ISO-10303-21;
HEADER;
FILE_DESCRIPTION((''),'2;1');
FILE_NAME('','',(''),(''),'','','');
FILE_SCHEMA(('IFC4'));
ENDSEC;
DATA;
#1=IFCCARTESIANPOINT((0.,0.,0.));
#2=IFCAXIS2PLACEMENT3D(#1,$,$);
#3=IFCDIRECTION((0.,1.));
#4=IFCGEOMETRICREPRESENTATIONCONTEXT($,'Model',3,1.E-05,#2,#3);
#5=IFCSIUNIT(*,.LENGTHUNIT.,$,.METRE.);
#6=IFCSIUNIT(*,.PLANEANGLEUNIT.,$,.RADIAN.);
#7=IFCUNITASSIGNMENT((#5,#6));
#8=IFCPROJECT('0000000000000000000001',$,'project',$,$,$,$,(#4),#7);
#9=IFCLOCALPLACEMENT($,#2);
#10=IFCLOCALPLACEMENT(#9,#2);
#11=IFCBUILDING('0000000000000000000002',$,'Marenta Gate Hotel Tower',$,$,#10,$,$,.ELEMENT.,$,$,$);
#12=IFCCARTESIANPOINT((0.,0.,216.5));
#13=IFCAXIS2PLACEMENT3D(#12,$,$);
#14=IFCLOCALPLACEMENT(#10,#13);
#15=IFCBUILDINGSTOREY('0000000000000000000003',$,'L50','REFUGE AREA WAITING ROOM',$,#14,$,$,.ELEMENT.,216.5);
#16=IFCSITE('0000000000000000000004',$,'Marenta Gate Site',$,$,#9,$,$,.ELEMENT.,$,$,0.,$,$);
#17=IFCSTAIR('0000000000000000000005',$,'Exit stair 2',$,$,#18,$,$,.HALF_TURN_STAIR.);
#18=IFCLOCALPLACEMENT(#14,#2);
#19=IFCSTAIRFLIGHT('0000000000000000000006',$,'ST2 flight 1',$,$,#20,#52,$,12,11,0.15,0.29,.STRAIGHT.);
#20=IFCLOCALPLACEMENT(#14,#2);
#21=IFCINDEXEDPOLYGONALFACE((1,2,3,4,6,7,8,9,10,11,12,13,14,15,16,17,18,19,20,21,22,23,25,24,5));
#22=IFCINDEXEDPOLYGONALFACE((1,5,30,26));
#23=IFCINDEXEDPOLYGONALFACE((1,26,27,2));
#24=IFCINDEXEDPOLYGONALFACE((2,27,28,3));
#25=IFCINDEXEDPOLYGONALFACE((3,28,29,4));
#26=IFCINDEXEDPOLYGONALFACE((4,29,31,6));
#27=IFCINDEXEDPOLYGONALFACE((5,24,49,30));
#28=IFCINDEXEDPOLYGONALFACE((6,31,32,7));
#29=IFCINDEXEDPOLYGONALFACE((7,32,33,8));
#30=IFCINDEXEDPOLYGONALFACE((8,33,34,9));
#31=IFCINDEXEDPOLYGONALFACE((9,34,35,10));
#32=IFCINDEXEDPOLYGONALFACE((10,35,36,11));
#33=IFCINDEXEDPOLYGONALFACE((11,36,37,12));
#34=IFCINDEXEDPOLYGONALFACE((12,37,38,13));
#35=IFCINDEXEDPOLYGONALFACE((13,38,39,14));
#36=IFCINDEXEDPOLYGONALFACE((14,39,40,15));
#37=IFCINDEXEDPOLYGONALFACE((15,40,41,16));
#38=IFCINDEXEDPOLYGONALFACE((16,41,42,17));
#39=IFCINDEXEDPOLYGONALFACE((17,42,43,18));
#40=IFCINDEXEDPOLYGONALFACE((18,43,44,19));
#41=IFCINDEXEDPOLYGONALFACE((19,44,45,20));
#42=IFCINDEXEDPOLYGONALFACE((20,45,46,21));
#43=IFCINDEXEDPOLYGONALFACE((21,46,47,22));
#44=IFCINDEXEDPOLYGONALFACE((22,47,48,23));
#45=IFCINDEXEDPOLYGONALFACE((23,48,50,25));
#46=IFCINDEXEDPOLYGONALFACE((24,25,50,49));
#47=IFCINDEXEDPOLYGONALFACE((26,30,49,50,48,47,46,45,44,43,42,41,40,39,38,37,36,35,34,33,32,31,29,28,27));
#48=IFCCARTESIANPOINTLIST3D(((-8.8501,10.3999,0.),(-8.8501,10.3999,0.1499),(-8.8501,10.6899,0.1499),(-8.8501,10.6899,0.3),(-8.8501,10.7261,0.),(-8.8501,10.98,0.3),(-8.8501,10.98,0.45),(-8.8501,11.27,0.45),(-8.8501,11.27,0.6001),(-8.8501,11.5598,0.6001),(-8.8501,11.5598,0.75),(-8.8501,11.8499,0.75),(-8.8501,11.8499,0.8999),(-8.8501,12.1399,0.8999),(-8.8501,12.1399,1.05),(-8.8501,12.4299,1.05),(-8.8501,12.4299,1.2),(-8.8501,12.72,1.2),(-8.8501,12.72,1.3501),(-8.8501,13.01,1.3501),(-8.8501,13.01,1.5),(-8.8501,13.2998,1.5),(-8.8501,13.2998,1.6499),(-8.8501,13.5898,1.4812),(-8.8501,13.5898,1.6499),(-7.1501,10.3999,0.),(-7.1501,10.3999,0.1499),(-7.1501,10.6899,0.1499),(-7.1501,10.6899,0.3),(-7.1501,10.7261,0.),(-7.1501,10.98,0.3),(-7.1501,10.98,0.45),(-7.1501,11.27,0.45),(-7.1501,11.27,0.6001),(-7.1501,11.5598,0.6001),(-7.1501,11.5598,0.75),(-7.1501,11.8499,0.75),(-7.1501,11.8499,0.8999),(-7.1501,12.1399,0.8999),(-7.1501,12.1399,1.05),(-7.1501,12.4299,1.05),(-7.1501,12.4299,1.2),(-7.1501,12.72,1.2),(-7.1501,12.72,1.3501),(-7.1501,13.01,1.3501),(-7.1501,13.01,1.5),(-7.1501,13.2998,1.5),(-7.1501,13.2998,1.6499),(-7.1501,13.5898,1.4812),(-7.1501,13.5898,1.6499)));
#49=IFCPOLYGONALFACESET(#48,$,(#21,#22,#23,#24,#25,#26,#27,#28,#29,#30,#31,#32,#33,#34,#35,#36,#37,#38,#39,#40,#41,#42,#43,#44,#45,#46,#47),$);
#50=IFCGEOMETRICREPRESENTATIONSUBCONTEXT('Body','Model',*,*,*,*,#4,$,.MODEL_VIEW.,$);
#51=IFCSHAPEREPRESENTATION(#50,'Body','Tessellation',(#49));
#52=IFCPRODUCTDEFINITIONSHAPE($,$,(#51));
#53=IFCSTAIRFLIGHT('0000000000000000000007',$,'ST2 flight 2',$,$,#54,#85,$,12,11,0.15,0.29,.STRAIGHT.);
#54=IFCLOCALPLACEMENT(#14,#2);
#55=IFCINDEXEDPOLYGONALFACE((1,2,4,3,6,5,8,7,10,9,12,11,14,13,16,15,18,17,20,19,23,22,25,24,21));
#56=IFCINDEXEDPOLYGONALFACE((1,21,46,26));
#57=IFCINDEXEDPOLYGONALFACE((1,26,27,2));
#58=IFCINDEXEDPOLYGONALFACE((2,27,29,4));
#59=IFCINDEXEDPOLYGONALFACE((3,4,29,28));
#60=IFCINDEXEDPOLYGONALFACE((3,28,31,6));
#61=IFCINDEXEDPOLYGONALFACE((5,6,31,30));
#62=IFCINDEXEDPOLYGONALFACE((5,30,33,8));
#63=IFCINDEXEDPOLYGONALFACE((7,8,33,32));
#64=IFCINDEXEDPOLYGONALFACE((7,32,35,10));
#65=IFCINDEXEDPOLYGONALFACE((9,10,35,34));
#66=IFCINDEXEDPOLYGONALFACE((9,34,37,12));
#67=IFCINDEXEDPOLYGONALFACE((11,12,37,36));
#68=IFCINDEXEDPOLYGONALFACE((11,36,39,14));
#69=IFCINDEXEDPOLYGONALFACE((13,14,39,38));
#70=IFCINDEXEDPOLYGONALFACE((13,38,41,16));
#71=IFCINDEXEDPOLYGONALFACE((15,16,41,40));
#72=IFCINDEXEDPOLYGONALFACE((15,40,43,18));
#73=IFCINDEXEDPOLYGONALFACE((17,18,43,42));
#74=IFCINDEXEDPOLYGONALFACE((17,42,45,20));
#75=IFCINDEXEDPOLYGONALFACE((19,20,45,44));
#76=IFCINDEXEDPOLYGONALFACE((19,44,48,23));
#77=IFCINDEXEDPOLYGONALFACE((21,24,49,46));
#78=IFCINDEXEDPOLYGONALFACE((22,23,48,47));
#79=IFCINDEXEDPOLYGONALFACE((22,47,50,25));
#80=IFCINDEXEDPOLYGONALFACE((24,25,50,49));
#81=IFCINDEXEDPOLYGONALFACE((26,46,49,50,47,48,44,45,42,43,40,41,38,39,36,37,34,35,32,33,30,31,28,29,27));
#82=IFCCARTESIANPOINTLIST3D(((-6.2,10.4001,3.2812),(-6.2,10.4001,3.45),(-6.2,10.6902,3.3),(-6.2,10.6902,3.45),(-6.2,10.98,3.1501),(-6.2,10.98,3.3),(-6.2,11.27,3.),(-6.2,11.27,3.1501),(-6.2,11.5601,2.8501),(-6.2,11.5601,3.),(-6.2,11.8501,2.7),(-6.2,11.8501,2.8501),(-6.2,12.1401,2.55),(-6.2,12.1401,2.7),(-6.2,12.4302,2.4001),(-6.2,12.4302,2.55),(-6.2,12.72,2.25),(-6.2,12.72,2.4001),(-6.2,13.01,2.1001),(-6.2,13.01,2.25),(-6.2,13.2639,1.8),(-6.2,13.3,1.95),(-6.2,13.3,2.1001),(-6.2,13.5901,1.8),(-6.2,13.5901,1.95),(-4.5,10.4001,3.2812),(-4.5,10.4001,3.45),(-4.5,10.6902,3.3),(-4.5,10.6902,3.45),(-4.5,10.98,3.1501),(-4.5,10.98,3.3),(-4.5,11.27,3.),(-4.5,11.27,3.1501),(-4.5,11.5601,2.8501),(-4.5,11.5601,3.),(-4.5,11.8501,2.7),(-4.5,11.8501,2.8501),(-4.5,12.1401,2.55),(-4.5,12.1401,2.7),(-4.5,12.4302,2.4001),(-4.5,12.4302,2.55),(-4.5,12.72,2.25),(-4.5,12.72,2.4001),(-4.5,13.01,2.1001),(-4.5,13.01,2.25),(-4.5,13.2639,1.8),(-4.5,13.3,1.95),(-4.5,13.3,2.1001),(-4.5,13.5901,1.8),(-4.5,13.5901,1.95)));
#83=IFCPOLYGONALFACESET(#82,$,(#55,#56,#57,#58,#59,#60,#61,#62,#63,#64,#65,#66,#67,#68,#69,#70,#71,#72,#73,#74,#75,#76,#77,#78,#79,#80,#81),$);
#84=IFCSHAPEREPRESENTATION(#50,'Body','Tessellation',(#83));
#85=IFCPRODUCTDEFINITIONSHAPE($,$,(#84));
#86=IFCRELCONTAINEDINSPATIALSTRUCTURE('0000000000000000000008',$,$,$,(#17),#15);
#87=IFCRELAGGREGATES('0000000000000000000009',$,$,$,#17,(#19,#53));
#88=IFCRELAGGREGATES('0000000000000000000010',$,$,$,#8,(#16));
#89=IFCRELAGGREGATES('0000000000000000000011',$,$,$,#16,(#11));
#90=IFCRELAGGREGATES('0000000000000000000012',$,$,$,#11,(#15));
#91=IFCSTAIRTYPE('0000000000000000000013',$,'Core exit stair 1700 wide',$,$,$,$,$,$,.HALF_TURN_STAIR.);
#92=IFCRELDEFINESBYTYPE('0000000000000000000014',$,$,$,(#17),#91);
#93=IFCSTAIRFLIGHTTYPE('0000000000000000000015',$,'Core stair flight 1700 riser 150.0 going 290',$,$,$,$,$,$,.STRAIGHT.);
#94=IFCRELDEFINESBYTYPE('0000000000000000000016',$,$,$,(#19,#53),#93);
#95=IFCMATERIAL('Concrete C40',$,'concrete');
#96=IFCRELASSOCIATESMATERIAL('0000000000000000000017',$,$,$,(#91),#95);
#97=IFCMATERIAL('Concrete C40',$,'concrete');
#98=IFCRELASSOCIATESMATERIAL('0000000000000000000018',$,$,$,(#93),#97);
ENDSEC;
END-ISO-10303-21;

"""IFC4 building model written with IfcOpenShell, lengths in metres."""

from ifc_helpers import new_model, si_unit, direction, frame, origin, place, context, subcontext, project, spatial, polyline, outline, extrude, material, type_object, element, aggregate, save


model = new_model("IFC4")

# Units and contexts
model_context = context("Model", 3, precision=1e-05, world=origin(), true_north=direction((0.0, 1.0)))
body_context = subcontext(model_context, "Body", "Model", "MODEL_VIEW")
ifc_project = project(units=[si_unit("LENGTHUNIT", "METRE"), si_unit("PLANEANGLEUNIT", "RADIAN")], contexts=[model_context])

# Site, building, storey
site_placement = place(None, origin())
site = spatial("IfcSite", under=ifc_project, at=site_placement, Name="Marenta Gate Site", CompositionType="ELEMENT", RefElevation=0.0)
building_placement = place(site_placement, origin())
building = spatial("IfcBuilding", under=site, at=building_placement, Name="Marenta Gate Hotel Tower", CompositionType="ELEMENT")
storey_placement = place(building_placement, frame((0.0, 0.0, 216.5)))
storey = spatial("IfcBuildingStorey", under=building, at=storey_placement, Name="L50", Description="REFUGE AREA WAITING ROOM", CompositionType="ELEMENT", Elevation=216.5)

# Stair, stair flights
ifc_material_1 = material(Name="Concrete C40", Category="concrete")
stair_type = type_object("IfcStairType", Name="Core exit stair 1700 wide", PredefinedType="HALF_TURN_STAIR", material=ifc_material_1)
stair_placement = place(storey_placement, origin())
stair = element("IfcStair", 1, at=stair_placement, inside=storey, type_object=stair_type, Name="Exit stair 2", PredefinedType="HALF_TURN_STAIR")
ifc_material_2 = material(Name="Concrete C40", Category="concrete")
stair_flight_type = type_object("IfcStairFlightType", Name="Core stair flight 1700 riser 150.0 going 290", PredefinedType="STRAIGHT", material=ifc_material_2)
stair_flight_1_placement = place(storey_placement, frame((-8.0, 10.3999, 0.0), z_axis=(0.0, 0.0, 1.0), x_axis=(0.0, 1.0, 0.0)))
stair_flight_1 = element("IfcStairFlight", 2, at=stair_flight_1_placement, type_object=stair_flight_type, Name="ST2 flight 1", NumberOfRisers=12, NumberOfTreads=11, PredefinedType="STRAIGHT", RiserHeight=0.15, TreadLength=0.29, context=body_context, shape_type="SweptSolid", body=[
    extrude(outline(polyline([(0.0, 0.0), (0.0, 0.1499), (0.29, 0.1499), (0.29, 0.3), (0.5801, 0.3), (0.5801, 0.45), (0.8701, 0.45), (0.8701, 0.6001), (1.1599, 0.6001), (1.1599, 0.75), (1.45, 0.75), (1.45, 0.8999), (1.74, 0.8999), (1.74, 1.05), (2.03, 1.05), (2.03, 1.2), (2.3201, 1.2), (2.3201, 1.3501), (2.6101, 1.3501), (2.6101, 1.5), (2.8999, 1.5), (2.8999, 1.6499), (3.1899, 1.6499), (3.1899, 1.8), (3.1899, 1.4812), (0.3262, 0.0), (0.0, 0.0)])), frame((0.0, 0.8501, 0.0), z_axis=(0.0, -1.0, 0.0), x_axis=(1.0, 0.0, 0.0)), (0.0, 0.0, 1.0), 1.7),
])
stair_flight_2_placement = place(storey_placement, frame((-5.3501, 13.5901, 1.8), z_axis=(0.0, 0.0, 1.0), x_axis=(0.0, -1.0, 0.0)))
stair_flight_2 = element("IfcStairFlight", 3, at=stair_flight_2_placement, type_object=stair_flight_type, Name="ST2 flight 2", NumberOfRisers=12, NumberOfTreads=11, PredefinedType="STRAIGHT", RiserHeight=0.15, TreadLength=0.29, context=body_context, shape_type="SweptSolid", body=[
    extrude(outline(polyline([(0.0, 0.0), (0.0, 0.1499), (0.29, 0.1499), (0.29, 0.3), (0.5801, 0.3), (0.5801, 0.45), (0.8701, 0.45), (0.8701, 0.6001), (1.1599, 0.6001), (1.1599, 0.75), (1.45, 0.75), (1.45, 0.8999), (1.74, 0.8999), (1.74, 1.05), (2.03, 1.05), (2.03, 1.2), (2.3201, 1.2), (2.3201, 1.3501), (2.6101, 1.3501), (2.6101, 1.5), (2.8999, 1.5), (2.8999, 1.6499), (3.1899, 1.6499), (3.1899, 1.8), (3.1899, 1.4812), (0.3262, 0.0), (0.0, 0.0)])), frame((0.0, 0.8501, 0.0), z_axis=(0.0, -1.0, 0.0), x_axis=(1.0, 0.0, 0.0)), (0.0, 0.0, 1.0), 1.7),
])
aggregate(stair, [stair_flight_1, stair_flight_2])

save(model, "model.ifc")
